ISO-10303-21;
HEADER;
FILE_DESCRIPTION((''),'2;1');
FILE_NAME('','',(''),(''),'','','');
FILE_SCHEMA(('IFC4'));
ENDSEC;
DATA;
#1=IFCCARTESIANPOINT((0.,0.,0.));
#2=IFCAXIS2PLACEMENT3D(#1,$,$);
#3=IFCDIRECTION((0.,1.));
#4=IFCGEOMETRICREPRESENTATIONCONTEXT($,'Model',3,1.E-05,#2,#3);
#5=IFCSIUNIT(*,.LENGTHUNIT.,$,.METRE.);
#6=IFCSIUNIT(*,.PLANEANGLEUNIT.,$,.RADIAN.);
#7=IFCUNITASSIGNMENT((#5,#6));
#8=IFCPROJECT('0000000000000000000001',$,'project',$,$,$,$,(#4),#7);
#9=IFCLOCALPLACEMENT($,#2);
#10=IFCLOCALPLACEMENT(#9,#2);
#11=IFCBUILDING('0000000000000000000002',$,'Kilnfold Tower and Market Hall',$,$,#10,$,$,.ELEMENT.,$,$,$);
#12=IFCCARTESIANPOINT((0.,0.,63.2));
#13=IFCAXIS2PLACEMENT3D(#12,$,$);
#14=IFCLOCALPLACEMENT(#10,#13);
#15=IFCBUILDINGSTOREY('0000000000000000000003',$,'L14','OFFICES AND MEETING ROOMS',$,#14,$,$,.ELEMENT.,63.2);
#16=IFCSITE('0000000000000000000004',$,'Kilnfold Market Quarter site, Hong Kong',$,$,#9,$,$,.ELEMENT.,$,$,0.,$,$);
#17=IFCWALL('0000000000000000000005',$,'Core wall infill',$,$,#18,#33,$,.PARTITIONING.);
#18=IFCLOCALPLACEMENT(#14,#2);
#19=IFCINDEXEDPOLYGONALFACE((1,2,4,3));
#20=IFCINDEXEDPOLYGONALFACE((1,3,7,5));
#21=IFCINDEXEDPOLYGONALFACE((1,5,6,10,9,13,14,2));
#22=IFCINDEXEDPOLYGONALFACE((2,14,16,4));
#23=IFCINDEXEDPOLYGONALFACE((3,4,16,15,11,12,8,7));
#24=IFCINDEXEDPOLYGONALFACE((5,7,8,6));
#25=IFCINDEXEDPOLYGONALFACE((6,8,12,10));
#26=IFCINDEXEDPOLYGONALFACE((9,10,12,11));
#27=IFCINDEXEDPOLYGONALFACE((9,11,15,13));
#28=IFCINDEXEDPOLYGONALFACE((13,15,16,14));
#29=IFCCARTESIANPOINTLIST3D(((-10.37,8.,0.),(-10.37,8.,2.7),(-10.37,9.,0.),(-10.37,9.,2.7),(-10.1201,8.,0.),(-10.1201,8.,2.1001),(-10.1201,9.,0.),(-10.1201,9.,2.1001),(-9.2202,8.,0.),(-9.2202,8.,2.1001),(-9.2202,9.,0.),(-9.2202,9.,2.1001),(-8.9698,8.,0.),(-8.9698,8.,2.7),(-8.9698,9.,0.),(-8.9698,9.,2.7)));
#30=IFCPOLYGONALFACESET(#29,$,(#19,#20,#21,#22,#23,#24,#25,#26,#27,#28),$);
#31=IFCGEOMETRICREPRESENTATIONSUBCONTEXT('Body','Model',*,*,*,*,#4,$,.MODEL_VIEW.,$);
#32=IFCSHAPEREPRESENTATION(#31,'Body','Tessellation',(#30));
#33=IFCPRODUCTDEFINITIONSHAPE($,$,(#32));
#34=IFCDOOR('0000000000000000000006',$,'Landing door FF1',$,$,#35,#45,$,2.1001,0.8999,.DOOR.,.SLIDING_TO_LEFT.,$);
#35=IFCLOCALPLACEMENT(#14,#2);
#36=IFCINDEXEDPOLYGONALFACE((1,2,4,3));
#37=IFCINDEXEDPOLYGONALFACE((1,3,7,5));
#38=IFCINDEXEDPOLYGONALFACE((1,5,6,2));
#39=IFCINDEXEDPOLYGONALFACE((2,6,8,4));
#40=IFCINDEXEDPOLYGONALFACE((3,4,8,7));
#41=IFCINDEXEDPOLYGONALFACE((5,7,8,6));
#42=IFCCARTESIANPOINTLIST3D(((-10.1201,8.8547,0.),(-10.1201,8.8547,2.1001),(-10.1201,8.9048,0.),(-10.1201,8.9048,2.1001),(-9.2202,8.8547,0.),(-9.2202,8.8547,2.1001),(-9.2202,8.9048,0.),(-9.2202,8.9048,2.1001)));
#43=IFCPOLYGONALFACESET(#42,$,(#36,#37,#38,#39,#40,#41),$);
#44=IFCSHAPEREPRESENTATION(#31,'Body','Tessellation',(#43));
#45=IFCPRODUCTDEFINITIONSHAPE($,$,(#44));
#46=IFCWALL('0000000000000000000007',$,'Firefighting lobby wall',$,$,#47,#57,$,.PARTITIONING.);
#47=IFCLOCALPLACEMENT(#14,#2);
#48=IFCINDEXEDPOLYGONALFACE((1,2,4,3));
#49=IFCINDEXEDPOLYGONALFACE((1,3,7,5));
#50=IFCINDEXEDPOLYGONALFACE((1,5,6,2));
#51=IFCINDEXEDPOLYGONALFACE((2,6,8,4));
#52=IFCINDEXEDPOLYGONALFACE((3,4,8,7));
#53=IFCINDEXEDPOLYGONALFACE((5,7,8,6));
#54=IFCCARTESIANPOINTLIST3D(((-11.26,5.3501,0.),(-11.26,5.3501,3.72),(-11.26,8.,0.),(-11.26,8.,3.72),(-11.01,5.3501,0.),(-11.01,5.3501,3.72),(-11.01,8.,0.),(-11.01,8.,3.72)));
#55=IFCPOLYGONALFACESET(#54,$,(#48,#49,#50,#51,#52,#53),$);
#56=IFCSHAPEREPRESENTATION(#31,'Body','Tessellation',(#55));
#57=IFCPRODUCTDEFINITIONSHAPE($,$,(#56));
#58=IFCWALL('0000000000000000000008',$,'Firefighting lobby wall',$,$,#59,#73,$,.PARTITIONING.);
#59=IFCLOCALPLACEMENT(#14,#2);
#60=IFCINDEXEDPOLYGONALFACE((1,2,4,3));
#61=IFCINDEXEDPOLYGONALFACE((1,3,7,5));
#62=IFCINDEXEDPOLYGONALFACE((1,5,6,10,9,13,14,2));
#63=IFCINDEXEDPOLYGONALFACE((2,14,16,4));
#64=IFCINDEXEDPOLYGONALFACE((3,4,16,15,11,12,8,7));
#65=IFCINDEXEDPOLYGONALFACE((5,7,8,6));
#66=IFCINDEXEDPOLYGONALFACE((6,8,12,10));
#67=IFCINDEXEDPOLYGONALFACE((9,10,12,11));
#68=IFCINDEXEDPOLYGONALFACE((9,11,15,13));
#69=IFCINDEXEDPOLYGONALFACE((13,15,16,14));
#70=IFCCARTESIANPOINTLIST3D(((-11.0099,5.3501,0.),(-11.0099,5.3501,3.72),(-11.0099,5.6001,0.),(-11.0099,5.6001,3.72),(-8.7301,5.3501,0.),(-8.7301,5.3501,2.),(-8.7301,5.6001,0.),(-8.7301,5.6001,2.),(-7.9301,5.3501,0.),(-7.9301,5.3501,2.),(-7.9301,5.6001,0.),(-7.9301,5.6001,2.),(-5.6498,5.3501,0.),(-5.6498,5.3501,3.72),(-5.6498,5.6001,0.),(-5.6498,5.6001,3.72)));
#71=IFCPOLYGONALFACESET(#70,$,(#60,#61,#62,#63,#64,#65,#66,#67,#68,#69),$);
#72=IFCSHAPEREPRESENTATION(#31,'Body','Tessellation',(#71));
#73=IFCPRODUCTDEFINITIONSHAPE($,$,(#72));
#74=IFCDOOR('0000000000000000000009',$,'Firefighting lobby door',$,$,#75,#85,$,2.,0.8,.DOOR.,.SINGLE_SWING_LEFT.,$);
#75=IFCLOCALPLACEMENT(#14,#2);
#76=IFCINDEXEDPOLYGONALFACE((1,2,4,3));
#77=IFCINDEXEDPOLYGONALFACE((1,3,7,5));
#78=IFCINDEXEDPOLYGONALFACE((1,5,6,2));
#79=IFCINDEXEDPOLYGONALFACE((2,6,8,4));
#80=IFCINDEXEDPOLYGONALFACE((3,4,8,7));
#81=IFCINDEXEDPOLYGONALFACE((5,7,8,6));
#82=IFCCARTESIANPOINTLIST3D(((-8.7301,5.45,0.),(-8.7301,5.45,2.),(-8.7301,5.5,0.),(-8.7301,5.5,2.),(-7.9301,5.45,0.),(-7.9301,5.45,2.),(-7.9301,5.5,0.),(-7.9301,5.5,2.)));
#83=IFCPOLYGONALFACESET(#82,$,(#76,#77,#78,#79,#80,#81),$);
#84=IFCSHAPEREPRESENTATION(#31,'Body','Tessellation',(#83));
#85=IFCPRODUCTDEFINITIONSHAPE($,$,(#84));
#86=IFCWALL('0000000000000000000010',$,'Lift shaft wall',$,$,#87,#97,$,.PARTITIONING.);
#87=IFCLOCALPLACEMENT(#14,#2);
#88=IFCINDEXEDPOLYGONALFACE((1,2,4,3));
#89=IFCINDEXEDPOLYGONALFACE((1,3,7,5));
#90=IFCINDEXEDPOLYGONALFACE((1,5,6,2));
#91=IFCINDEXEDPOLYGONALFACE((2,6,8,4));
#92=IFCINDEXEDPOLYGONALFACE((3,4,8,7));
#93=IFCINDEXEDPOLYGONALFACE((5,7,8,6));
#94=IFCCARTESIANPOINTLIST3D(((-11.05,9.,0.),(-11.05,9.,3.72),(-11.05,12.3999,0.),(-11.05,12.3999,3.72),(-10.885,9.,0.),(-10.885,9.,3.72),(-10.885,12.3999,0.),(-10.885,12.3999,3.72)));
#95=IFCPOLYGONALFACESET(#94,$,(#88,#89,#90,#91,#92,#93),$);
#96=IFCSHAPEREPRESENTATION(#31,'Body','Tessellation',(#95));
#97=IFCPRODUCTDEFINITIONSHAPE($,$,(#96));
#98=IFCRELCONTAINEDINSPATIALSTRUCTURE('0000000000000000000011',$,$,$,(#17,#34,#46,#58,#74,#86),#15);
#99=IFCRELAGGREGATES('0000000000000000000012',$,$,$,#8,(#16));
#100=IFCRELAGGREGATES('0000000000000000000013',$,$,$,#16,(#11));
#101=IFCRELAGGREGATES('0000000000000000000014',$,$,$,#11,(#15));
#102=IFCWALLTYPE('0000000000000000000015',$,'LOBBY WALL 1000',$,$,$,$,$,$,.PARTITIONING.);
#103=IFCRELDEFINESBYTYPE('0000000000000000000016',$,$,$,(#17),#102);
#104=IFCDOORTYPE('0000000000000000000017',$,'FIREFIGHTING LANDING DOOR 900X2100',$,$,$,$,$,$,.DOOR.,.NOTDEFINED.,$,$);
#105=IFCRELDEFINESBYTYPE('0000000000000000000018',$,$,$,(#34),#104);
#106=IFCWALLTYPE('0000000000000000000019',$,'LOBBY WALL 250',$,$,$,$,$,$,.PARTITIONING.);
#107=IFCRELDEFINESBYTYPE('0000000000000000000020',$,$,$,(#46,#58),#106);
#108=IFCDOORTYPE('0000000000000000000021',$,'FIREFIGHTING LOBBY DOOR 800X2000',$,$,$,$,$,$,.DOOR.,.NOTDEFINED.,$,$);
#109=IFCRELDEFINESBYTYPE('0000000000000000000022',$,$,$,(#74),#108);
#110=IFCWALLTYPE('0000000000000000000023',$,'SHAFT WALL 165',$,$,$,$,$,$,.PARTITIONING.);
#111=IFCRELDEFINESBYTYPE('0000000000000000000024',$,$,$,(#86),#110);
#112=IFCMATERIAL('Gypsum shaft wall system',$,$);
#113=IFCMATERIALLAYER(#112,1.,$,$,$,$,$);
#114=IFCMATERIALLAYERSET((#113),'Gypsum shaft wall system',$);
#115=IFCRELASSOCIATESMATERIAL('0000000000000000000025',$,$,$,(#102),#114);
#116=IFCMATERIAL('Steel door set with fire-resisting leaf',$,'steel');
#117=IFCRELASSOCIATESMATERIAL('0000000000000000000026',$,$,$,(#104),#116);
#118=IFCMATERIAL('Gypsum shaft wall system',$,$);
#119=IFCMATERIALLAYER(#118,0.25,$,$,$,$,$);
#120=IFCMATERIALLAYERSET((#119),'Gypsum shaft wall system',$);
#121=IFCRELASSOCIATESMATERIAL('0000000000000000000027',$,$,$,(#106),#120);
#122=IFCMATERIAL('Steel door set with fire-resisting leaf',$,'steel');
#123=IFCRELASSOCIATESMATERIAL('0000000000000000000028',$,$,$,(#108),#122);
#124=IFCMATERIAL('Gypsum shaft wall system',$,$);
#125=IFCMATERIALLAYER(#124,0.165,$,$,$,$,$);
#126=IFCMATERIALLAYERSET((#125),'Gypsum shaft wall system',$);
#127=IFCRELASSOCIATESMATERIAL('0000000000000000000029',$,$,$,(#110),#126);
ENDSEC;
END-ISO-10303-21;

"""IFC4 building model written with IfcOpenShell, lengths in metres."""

from ifc_helpers import new_model, si_unit, direction, frame, frame_2d, origin, place, context, subcontext, project, spatial, rectangle, extrude, source, transform, mapped, material, layer, layer_set, type_object, element, fill, save


model = new_model("IFC4")

# Units and contexts
model_context = context("Model", 3, precision=1e-05, world=origin(), true_north=direction((0.0, 1.0)))
body_context = subcontext(model_context, "Body", "Model", "MODEL_VIEW")
ifc_project = project(units=[si_unit("LENGTHUNIT", "METRE"), si_unit("PLANEANGLEUNIT", "RADIAN")], contexts=[model_context])

# Site, building, storey
site_placement = place(None, origin())
site = spatial("IfcSite", under=ifc_project, at=site_placement, Name="Kilnfold Market Quarter site, Hong Kong", CompositionType="ELEMENT", RefElevation=0.0)
building_placement = place(site_placement, origin())
building = spatial("IfcBuilding", under=site, at=building_placement, Name="Kilnfold Tower and Market Hall", CompositionType="ELEMENT")
storey_placement = place(building_placement, frame((0.0, 0.0, 63.2)))
storey = spatial("IfcBuildingStorey", under=building, at=storey_placement, Name="L14", Description="OFFICES AND MEETING ROOMS", CompositionType="ELEMENT", Elevation=63.2)

# Wall, opening, door
ifc_material_1 = material(Name="Gypsum shaft wall system")
ifc_layer_1 = layer(ifc_material_1, 1.0)
ifc_layer_set_1 = layer_set([ifc_layer_1], Name="Gypsum shaft wall system")
wall_type_1 = type_object("IfcWallType", Name="LOBBY WALL 1000", PredefinedType="PARTITIONING", material=ifc_layer_set_1)
shared_shape_1 = source(origin(), body_context, "Body", "SweptSolid", [
    extrude(rectangle(XDim=1.4001, YDim=1.0, at=frame_2d((0.7002, 0.0))), origin(), (0.0, 0.0, 1.0), 2.7),
])
wall_1_placement = place(storey_placement, frame((-10.3701, 8.5, 0.0), z_axis=(0.0, 0.0, 1.0), x_axis=(1.0, 0.0, 0.0)))
wall_1 = element("IfcWall", 1, at=wall_1_placement, inside=storey, type_object=wall_type_1, Name="Core wall infill", PredefinedType="PARTITIONING", context=body_context, shape_type="MappedRepresentation", body=[
    mapped(shared_shape_1, transform((0.0, 0.0, 0.0))),
])
opening_1_placement = place(wall_1_placement, frame((0.25, 0.0, 0.0)))
opening_1 = element("IfcOpeningElement", 2, at=opening_1_placement, cuts=wall_1, PredefinedType="OPENING", context=body_context, shape_type="SweptSolid", body=[
    extrude(rectangle(XDim=0.8999, YDim=2.1001, at=frame_2d((0.45, 1.05))), frame((0.0, 0.51, 0.0), z_axis=(0.0, -1.0, 0.0), x_axis=(1.0, 0.0, 0.0)), (0.0, 0.0, 1.0), 1.02),
])
ifc_material_2 = material(Name="Steel door set with fire-resisting leaf", Category="steel")
door_type_1 = type_object("IfcDoorType", Name="FIREFIGHTING LANDING DOOR 900X2100", OperationType="NOTDEFINED", PredefinedType="DOOR", material=ifc_material_2)
door_1_placement = place(opening_1_placement, origin())
door_1 = element("IfcDoor", 3, at=door_1_placement, inside=storey, type_object=door_type_1, Name="Landing door FF1", OperationType="SLIDING_TO_LEFT", OverallHeight=2.1001, OverallWidth=0.8999, PredefinedType="DOOR", context=body_context, shape_type="SweptSolid", body=[
    extrude(rectangle(XDim=0.8999, YDim=2.1001, at=frame_2d((0.45, 1.05))), frame((0.0, 0.4048, 0.0), z_axis=(0.0, -1.0, 0.0), x_axis=(1.0, 0.0, 0.0)), (0.0, 0.0, 1.0), 0.05),
])
fill(opening_1, door_1)

# Wall
ifc_material_3 = material(Name="Gypsum shaft wall system")
ifc_layer_2 = layer(ifc_material_3, 0.25)
ifc_layer_set_2 = layer_set([ifc_layer_2], Name="Gypsum shaft wall system")
wall_type_2 = type_object("IfcWallType", Name="LOBBY WALL 250", PredefinedType="PARTITIONING", material=ifc_layer_set_2)
shared_shape_2 = source(origin(), body_context, "Body", "SweptSolid", [
    extrude(rectangle(XDim=2.6499, YDim=0.25, at=frame_2d((1.325, 0.0))), origin(), (0.0, 0.0, 1.0), 3.72),
])
wall_2_placement = place(storey_placement, frame((-11.135, 5.3501, 0.0), z_axis=(0.0, 0.0, 1.0), x_axis=(0.0, 1.0, 0.0)))
element("IfcWall", 4, at=wall_2_placement, inside=storey, type_object=wall_type_2, Name="Firefighting lobby wall", PredefinedType="PARTITIONING", context=body_context, shape_type="MappedRepresentation", body=[
    mapped(shared_shape_2, transform((0.0, 0.0, 0.0))),
])

# Wall, opening, door
shared_shape_3 = source(origin(), body_context, "Body", "SweptSolid", [
    extrude(rectangle(XDim=5.3601, YDim=0.25, at=frame_2d((2.6802, 0.0))), origin(), (0.0, 0.0, 1.0), 3.72),
])
wall_3_placement = place(storey_placement, frame((-11.01, 5.4751, 0.0), z_axis=(0.0, 0.0, 1.0), x_axis=(1.0, 0.0, 0.0)))
wall_3 = element("IfcWall", 5, at=wall_3_placement, inside=storey, type_object=wall_type_2, Name="Firefighting lobby wall", PredefinedType="PARTITIONING", context=body_context, shape_type="MappedRepresentation", body=[
    mapped(shared_shape_3, transform((0.0, 0.0, 0.0))),
])
opening_2_placement = place(wall_3_placement, frame((2.28, 0.0, 0.0)))
opening_2 = element("IfcOpeningElement", 6, at=opening_2_placement, cuts=wall_3, PredefinedType="OPENING", context=body_context, shape_type="SweptSolid", body=[
    extrude(rectangle(XDim=0.8, YDim=2.0, at=frame_2d((0.3999, 1.0))), frame((0.0, 0.135, 0.0), z_axis=(0.0, -1.0, 0.0), x_axis=(1.0, 0.0, 0.0)), (0.0, 0.0, 1.0), 0.27),
])
ifc_material_4 = material(Name="Steel door set with fire-resisting leaf", Category="steel")
door_type_2 = type_object("IfcDoorType", Name="FIREFIGHTING LOBBY DOOR 800X2000", OperationType="NOTDEFINED", PredefinedType="DOOR", material=ifc_material_4)
door_2_placement = place(opening_2_placement, origin())
door_2 = element("IfcDoor", 7, at=door_2_placement, inside=storey, type_object=door_type_2, Name="Firefighting lobby door", OperationType="SINGLE_SWING_LEFT", OverallHeight=2.0, OverallWidth=0.8, PredefinedType="DOOR", context=body_context, shape_type="SweptSolid", body=[
    extrude(rectangle(XDim=0.8, YDim=2.0, at=frame_2d((0.3999, 1.0))), frame((0.0, 0.0249, 0.0), z_axis=(0.0, -1.0, 0.0), x_axis=(1.0, 0.0, 0.0)), (0.0, 0.0, 1.0), 0.05),
])
fill(opening_2, door_2)

# Wall
ifc_material_5 = material(Name="Gypsum shaft wall system")
ifc_layer_3 = layer(ifc_material_5, 0.165)
ifc_layer_set_3 = layer_set([ifc_layer_3], Name="Gypsum shaft wall system")
wall_type_3 = type_object("IfcWallType", Name="SHAFT WALL 165", PredefinedType="PARTITIONING", material=ifc_layer_set_3)
shared_shape_4 = source(origin(), body_context, "Body", "SweptSolid", [
    extrude(rectangle(XDim=3.3999, YDim=0.165, at=frame_2d((1.7, 0.0))), origin(), (0.0, 0.0, 1.0), 3.72),
])
wall_4_placement = place(storey_placement, frame((-10.9675, 9.0, 0.0), z_axis=(0.0, 0.0, 1.0), x_axis=(0.0, 1.0, 0.0)))
element("IfcWall", 8, at=wall_4_placement, inside=storey, type_object=wall_type_3, Name="Lift shaft wall", PredefinedType="PARTITIONING", context=body_context, shape_type="MappedRepresentation", body=[
    mapped(shared_shape_4, transform((0.0, 0.0, 0.0))),
])

save(model, "model.ifc")
